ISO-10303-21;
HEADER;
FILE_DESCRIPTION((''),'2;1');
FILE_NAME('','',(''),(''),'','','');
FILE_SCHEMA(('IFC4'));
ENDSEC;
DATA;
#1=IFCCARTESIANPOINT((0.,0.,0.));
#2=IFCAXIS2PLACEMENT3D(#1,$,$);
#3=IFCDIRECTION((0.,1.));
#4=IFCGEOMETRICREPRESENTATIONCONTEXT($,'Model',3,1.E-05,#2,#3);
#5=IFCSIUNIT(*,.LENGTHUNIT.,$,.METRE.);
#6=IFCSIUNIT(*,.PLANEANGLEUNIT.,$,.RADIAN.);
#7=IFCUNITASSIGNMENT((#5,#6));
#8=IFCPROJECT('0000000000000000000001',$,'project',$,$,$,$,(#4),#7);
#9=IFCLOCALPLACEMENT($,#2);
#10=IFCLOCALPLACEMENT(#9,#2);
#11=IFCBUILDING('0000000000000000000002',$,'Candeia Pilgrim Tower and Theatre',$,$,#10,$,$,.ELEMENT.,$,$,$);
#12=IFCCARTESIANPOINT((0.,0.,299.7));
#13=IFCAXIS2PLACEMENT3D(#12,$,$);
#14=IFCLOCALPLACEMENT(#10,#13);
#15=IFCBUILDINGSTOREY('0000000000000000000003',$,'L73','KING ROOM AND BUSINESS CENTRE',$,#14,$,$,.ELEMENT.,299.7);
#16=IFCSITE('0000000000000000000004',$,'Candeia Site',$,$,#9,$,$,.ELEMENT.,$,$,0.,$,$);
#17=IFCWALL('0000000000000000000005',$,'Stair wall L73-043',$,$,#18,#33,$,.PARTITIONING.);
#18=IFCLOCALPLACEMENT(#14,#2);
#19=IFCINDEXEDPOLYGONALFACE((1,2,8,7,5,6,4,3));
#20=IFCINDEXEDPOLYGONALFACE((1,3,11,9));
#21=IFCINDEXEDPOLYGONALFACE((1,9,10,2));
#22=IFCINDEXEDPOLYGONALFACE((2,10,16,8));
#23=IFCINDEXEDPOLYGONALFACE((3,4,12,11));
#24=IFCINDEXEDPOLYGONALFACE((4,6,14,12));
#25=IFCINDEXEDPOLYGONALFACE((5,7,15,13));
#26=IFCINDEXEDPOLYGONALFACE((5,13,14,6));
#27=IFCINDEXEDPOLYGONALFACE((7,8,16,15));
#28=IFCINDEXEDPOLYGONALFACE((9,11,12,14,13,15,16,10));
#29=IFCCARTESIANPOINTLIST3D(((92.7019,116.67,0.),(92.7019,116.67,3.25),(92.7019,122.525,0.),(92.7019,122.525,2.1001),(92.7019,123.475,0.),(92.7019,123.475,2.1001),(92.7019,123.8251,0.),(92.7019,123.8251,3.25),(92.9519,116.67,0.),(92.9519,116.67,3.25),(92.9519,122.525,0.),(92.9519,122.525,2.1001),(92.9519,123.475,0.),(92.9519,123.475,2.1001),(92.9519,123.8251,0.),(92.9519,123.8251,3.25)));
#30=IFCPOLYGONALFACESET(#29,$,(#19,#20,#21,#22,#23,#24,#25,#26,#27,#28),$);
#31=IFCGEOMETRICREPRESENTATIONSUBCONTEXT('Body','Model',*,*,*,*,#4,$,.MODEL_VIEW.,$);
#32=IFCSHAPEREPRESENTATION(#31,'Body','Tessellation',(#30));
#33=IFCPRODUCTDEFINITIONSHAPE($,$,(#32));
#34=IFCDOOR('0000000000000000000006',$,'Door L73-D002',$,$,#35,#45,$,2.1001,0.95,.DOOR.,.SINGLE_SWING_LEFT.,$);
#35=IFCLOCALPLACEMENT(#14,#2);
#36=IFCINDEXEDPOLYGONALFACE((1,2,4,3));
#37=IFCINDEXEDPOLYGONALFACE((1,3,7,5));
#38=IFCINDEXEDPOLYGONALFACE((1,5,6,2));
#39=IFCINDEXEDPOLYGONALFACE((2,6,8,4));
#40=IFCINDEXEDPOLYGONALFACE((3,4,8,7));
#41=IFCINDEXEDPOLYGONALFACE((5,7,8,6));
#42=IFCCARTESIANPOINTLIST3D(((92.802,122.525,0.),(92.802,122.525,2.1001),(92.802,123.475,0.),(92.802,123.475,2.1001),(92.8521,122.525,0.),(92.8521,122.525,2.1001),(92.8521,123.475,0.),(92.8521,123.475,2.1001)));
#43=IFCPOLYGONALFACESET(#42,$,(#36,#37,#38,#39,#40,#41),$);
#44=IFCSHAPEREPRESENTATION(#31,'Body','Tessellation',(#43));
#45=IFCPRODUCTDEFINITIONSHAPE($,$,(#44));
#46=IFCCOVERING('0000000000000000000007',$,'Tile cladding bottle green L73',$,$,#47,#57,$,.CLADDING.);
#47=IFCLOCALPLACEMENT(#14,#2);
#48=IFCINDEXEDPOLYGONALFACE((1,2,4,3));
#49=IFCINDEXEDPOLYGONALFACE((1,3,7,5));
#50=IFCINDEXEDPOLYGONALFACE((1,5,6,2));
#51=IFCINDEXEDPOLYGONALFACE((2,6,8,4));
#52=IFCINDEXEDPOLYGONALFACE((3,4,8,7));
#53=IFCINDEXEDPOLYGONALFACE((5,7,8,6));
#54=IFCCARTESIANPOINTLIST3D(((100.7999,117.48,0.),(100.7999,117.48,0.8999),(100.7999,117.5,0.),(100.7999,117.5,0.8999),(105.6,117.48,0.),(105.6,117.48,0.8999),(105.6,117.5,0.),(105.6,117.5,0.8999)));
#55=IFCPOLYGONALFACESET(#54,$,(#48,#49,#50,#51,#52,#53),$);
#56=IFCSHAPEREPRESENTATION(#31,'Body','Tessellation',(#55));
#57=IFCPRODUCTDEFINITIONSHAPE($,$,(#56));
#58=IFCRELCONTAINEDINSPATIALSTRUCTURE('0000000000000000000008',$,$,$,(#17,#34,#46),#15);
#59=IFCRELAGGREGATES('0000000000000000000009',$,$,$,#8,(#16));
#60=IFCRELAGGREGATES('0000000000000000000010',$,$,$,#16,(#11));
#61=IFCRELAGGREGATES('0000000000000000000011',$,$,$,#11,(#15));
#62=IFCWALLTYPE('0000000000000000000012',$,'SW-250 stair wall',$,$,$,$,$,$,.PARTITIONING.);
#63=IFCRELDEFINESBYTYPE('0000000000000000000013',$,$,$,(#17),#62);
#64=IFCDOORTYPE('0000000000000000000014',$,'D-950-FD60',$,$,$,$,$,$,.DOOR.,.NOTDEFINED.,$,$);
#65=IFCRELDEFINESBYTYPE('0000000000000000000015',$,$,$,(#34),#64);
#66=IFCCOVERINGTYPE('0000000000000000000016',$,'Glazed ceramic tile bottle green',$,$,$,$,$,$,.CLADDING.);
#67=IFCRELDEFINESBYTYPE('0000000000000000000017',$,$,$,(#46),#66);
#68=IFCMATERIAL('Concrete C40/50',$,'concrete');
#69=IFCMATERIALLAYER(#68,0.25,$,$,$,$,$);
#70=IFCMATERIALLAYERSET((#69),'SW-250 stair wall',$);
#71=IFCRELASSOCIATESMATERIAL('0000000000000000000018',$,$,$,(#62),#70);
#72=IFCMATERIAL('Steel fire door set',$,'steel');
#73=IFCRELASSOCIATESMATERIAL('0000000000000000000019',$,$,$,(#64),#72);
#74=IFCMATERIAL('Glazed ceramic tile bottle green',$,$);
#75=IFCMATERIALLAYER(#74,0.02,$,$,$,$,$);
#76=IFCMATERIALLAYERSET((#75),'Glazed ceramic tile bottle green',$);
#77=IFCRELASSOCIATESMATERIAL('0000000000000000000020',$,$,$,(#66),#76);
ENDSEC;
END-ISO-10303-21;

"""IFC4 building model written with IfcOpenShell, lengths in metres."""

from ifc_helpers import new_model, si_unit, direction, frame, frame_2d, origin, origin_2d, place, context, subcontext, project, spatial, rectangle, extrude, material, layer, layer_set, type_object, element, fill, save


model = new_model("IFC4")

# Units and contexts
model_context = context("Model", 3, precision=1e-05, world=origin(), true_north=direction((0.0, 1.0)))
body_context = subcontext(model_context, "Body", "Model", "MODEL_VIEW")
ifc_project = project(units=[si_unit("LENGTHUNIT", "METRE"), si_unit("PLANEANGLEUNIT", "RADIAN")], contexts=[model_context])

# Site, building, storey
site_placement = place(None, origin())
site = spatial("IfcSite", under=ifc_project, at=site_placement, Name="Candeia Site", CompositionType="ELEMENT", RefElevation=0.0)
building_placement = place(site_placement, origin())
building = spatial("IfcBuilding", under=site, at=building_placement, Name="Candeia Pilgrim Tower and Theatre", CompositionType="ELEMENT")
storey_placement = place(building_placement, frame((0.0, 0.0, 299.7)))
storey = spatial("IfcBuildingStorey", under=building, at=storey_placement, Name="L73", Description="KING ROOM AND BUSINESS CENTRE", CompositionType="ELEMENT", Elevation=299.7)

# Shared definitions
ifc_material_1 = material(Name="Concrete C40/50", Category="concrete")

# Shared definitions
ifc_material_2 = material(Name="Steel fire door set", Category="steel")

# Shared definitions
ifc_layer_1 = layer(ifc_material_1, 0.25)
ifc_layer_set_1 = layer_set([ifc_layer_1], Name="SW-250 stair wall")
wall_type_1 = type_object("IfcWallType", Name="SW-250 stair wall", PredefinedType="PARTITIONING", material=ifc_layer_set_1)

# Wall, opening, door
wall_1_placement = place(storey_placement, frame((92.8269, 116.6699, 0.0), z_axis=(0.0, 0.0, 1.0), x_axis=(0.0, 1.0, 0.0)))
wall_1 = element("IfcWall", 1, at=wall_1_placement, inside=storey, type_object=wall_type_1, Name="Stair wall L73-043", PredefinedType="PARTITIONING", context=body_context, shape_type="SweptSolid", body=[
    extrude(rectangle(XDim=7.155, YDim=0.25, at=frame_2d((3.5776, 0.0))), origin(), (0.0, 0.0, 1.0), 3.25),
])
opening_1_placement = place(wall_1_placement, frame((5.855, 0.0, 0.0)))
opening_1 = element("IfcOpeningElement", 2, at=opening_1_placement, cuts=wall_1, PredefinedType="OPENING", context=body_context, shape_type="SweptSolid", body=[
    extrude(rectangle(XDim=0.95, YDim=2.1001, at=frame_2d((0.4751, 1.05))), frame((0.0, 0.135, 0.0), z_axis=(0.0, -1.0, 0.0), x_axis=(1.0, 0.0, 0.0)), (0.0, 0.0, 1.0), 0.27),
])
door_type_1 = type_object("IfcDoorType", Name="D-950-FD60", OperationType="NOTDEFINED", PredefinedType="DOOR", material=ifc_material_2)
door_1_placement = place(opening_1_placement, origin())
door_1 = element("IfcDoor", 3, at=door_1_placement, inside=storey, type_object=door_type_1, Name="Door L73-D002", OperationType="SINGLE_SWING_LEFT", OverallHeight=2.1001, OverallWidth=0.95, PredefinedType="DOOR", context=body_context, shape_type="SweptSolid", body=[
    extrude(rectangle(XDim=0.95, YDim=2.1001, at=frame_2d((0.4751, 1.05))), frame((0.0, 0.0249, 0.0), z_axis=(0.0, -1.0, 0.0), x_axis=(1.0, 0.0, 0.0)), (0.0, 0.0, 1.0), 0.05),
])
fill(opening_1, door_1)

# Covering
ifc_material_3 = material(Name="Glazed ceramic tile bottle green")
ifc_layer_2 = layer(ifc_material_3, 0.02)
ifc_layer_set_2 = layer_set([ifc_layer_2], Name="Glazed ceramic tile bottle green")
covering_type = type_object("IfcCoveringType", Name="Glazed ceramic tile bottle green", PredefinedType="CLADDING", material=ifc_layer_set_2)
covering_placement = place(storey_placement, frame((103.2, 117.49, 0.0), z_axis=(0.0, 0.0, 1.0), x_axis=(1.0, 0.0, 0.0)))
element("IfcCovering", 4, at=covering_placement, inside=storey, type_object=covering_type, Name="Tile cladding bottle green L73", PredefinedType="CLADDING", context=body_context, shape_type="SweptSolid", body=[
    extrude(rectangle(XDim=4.8, YDim=0.02, at=origin_2d()), origin(), (0.0, 0.0, 1.0), 0.8999),
])

save(model, "model.ifc")
